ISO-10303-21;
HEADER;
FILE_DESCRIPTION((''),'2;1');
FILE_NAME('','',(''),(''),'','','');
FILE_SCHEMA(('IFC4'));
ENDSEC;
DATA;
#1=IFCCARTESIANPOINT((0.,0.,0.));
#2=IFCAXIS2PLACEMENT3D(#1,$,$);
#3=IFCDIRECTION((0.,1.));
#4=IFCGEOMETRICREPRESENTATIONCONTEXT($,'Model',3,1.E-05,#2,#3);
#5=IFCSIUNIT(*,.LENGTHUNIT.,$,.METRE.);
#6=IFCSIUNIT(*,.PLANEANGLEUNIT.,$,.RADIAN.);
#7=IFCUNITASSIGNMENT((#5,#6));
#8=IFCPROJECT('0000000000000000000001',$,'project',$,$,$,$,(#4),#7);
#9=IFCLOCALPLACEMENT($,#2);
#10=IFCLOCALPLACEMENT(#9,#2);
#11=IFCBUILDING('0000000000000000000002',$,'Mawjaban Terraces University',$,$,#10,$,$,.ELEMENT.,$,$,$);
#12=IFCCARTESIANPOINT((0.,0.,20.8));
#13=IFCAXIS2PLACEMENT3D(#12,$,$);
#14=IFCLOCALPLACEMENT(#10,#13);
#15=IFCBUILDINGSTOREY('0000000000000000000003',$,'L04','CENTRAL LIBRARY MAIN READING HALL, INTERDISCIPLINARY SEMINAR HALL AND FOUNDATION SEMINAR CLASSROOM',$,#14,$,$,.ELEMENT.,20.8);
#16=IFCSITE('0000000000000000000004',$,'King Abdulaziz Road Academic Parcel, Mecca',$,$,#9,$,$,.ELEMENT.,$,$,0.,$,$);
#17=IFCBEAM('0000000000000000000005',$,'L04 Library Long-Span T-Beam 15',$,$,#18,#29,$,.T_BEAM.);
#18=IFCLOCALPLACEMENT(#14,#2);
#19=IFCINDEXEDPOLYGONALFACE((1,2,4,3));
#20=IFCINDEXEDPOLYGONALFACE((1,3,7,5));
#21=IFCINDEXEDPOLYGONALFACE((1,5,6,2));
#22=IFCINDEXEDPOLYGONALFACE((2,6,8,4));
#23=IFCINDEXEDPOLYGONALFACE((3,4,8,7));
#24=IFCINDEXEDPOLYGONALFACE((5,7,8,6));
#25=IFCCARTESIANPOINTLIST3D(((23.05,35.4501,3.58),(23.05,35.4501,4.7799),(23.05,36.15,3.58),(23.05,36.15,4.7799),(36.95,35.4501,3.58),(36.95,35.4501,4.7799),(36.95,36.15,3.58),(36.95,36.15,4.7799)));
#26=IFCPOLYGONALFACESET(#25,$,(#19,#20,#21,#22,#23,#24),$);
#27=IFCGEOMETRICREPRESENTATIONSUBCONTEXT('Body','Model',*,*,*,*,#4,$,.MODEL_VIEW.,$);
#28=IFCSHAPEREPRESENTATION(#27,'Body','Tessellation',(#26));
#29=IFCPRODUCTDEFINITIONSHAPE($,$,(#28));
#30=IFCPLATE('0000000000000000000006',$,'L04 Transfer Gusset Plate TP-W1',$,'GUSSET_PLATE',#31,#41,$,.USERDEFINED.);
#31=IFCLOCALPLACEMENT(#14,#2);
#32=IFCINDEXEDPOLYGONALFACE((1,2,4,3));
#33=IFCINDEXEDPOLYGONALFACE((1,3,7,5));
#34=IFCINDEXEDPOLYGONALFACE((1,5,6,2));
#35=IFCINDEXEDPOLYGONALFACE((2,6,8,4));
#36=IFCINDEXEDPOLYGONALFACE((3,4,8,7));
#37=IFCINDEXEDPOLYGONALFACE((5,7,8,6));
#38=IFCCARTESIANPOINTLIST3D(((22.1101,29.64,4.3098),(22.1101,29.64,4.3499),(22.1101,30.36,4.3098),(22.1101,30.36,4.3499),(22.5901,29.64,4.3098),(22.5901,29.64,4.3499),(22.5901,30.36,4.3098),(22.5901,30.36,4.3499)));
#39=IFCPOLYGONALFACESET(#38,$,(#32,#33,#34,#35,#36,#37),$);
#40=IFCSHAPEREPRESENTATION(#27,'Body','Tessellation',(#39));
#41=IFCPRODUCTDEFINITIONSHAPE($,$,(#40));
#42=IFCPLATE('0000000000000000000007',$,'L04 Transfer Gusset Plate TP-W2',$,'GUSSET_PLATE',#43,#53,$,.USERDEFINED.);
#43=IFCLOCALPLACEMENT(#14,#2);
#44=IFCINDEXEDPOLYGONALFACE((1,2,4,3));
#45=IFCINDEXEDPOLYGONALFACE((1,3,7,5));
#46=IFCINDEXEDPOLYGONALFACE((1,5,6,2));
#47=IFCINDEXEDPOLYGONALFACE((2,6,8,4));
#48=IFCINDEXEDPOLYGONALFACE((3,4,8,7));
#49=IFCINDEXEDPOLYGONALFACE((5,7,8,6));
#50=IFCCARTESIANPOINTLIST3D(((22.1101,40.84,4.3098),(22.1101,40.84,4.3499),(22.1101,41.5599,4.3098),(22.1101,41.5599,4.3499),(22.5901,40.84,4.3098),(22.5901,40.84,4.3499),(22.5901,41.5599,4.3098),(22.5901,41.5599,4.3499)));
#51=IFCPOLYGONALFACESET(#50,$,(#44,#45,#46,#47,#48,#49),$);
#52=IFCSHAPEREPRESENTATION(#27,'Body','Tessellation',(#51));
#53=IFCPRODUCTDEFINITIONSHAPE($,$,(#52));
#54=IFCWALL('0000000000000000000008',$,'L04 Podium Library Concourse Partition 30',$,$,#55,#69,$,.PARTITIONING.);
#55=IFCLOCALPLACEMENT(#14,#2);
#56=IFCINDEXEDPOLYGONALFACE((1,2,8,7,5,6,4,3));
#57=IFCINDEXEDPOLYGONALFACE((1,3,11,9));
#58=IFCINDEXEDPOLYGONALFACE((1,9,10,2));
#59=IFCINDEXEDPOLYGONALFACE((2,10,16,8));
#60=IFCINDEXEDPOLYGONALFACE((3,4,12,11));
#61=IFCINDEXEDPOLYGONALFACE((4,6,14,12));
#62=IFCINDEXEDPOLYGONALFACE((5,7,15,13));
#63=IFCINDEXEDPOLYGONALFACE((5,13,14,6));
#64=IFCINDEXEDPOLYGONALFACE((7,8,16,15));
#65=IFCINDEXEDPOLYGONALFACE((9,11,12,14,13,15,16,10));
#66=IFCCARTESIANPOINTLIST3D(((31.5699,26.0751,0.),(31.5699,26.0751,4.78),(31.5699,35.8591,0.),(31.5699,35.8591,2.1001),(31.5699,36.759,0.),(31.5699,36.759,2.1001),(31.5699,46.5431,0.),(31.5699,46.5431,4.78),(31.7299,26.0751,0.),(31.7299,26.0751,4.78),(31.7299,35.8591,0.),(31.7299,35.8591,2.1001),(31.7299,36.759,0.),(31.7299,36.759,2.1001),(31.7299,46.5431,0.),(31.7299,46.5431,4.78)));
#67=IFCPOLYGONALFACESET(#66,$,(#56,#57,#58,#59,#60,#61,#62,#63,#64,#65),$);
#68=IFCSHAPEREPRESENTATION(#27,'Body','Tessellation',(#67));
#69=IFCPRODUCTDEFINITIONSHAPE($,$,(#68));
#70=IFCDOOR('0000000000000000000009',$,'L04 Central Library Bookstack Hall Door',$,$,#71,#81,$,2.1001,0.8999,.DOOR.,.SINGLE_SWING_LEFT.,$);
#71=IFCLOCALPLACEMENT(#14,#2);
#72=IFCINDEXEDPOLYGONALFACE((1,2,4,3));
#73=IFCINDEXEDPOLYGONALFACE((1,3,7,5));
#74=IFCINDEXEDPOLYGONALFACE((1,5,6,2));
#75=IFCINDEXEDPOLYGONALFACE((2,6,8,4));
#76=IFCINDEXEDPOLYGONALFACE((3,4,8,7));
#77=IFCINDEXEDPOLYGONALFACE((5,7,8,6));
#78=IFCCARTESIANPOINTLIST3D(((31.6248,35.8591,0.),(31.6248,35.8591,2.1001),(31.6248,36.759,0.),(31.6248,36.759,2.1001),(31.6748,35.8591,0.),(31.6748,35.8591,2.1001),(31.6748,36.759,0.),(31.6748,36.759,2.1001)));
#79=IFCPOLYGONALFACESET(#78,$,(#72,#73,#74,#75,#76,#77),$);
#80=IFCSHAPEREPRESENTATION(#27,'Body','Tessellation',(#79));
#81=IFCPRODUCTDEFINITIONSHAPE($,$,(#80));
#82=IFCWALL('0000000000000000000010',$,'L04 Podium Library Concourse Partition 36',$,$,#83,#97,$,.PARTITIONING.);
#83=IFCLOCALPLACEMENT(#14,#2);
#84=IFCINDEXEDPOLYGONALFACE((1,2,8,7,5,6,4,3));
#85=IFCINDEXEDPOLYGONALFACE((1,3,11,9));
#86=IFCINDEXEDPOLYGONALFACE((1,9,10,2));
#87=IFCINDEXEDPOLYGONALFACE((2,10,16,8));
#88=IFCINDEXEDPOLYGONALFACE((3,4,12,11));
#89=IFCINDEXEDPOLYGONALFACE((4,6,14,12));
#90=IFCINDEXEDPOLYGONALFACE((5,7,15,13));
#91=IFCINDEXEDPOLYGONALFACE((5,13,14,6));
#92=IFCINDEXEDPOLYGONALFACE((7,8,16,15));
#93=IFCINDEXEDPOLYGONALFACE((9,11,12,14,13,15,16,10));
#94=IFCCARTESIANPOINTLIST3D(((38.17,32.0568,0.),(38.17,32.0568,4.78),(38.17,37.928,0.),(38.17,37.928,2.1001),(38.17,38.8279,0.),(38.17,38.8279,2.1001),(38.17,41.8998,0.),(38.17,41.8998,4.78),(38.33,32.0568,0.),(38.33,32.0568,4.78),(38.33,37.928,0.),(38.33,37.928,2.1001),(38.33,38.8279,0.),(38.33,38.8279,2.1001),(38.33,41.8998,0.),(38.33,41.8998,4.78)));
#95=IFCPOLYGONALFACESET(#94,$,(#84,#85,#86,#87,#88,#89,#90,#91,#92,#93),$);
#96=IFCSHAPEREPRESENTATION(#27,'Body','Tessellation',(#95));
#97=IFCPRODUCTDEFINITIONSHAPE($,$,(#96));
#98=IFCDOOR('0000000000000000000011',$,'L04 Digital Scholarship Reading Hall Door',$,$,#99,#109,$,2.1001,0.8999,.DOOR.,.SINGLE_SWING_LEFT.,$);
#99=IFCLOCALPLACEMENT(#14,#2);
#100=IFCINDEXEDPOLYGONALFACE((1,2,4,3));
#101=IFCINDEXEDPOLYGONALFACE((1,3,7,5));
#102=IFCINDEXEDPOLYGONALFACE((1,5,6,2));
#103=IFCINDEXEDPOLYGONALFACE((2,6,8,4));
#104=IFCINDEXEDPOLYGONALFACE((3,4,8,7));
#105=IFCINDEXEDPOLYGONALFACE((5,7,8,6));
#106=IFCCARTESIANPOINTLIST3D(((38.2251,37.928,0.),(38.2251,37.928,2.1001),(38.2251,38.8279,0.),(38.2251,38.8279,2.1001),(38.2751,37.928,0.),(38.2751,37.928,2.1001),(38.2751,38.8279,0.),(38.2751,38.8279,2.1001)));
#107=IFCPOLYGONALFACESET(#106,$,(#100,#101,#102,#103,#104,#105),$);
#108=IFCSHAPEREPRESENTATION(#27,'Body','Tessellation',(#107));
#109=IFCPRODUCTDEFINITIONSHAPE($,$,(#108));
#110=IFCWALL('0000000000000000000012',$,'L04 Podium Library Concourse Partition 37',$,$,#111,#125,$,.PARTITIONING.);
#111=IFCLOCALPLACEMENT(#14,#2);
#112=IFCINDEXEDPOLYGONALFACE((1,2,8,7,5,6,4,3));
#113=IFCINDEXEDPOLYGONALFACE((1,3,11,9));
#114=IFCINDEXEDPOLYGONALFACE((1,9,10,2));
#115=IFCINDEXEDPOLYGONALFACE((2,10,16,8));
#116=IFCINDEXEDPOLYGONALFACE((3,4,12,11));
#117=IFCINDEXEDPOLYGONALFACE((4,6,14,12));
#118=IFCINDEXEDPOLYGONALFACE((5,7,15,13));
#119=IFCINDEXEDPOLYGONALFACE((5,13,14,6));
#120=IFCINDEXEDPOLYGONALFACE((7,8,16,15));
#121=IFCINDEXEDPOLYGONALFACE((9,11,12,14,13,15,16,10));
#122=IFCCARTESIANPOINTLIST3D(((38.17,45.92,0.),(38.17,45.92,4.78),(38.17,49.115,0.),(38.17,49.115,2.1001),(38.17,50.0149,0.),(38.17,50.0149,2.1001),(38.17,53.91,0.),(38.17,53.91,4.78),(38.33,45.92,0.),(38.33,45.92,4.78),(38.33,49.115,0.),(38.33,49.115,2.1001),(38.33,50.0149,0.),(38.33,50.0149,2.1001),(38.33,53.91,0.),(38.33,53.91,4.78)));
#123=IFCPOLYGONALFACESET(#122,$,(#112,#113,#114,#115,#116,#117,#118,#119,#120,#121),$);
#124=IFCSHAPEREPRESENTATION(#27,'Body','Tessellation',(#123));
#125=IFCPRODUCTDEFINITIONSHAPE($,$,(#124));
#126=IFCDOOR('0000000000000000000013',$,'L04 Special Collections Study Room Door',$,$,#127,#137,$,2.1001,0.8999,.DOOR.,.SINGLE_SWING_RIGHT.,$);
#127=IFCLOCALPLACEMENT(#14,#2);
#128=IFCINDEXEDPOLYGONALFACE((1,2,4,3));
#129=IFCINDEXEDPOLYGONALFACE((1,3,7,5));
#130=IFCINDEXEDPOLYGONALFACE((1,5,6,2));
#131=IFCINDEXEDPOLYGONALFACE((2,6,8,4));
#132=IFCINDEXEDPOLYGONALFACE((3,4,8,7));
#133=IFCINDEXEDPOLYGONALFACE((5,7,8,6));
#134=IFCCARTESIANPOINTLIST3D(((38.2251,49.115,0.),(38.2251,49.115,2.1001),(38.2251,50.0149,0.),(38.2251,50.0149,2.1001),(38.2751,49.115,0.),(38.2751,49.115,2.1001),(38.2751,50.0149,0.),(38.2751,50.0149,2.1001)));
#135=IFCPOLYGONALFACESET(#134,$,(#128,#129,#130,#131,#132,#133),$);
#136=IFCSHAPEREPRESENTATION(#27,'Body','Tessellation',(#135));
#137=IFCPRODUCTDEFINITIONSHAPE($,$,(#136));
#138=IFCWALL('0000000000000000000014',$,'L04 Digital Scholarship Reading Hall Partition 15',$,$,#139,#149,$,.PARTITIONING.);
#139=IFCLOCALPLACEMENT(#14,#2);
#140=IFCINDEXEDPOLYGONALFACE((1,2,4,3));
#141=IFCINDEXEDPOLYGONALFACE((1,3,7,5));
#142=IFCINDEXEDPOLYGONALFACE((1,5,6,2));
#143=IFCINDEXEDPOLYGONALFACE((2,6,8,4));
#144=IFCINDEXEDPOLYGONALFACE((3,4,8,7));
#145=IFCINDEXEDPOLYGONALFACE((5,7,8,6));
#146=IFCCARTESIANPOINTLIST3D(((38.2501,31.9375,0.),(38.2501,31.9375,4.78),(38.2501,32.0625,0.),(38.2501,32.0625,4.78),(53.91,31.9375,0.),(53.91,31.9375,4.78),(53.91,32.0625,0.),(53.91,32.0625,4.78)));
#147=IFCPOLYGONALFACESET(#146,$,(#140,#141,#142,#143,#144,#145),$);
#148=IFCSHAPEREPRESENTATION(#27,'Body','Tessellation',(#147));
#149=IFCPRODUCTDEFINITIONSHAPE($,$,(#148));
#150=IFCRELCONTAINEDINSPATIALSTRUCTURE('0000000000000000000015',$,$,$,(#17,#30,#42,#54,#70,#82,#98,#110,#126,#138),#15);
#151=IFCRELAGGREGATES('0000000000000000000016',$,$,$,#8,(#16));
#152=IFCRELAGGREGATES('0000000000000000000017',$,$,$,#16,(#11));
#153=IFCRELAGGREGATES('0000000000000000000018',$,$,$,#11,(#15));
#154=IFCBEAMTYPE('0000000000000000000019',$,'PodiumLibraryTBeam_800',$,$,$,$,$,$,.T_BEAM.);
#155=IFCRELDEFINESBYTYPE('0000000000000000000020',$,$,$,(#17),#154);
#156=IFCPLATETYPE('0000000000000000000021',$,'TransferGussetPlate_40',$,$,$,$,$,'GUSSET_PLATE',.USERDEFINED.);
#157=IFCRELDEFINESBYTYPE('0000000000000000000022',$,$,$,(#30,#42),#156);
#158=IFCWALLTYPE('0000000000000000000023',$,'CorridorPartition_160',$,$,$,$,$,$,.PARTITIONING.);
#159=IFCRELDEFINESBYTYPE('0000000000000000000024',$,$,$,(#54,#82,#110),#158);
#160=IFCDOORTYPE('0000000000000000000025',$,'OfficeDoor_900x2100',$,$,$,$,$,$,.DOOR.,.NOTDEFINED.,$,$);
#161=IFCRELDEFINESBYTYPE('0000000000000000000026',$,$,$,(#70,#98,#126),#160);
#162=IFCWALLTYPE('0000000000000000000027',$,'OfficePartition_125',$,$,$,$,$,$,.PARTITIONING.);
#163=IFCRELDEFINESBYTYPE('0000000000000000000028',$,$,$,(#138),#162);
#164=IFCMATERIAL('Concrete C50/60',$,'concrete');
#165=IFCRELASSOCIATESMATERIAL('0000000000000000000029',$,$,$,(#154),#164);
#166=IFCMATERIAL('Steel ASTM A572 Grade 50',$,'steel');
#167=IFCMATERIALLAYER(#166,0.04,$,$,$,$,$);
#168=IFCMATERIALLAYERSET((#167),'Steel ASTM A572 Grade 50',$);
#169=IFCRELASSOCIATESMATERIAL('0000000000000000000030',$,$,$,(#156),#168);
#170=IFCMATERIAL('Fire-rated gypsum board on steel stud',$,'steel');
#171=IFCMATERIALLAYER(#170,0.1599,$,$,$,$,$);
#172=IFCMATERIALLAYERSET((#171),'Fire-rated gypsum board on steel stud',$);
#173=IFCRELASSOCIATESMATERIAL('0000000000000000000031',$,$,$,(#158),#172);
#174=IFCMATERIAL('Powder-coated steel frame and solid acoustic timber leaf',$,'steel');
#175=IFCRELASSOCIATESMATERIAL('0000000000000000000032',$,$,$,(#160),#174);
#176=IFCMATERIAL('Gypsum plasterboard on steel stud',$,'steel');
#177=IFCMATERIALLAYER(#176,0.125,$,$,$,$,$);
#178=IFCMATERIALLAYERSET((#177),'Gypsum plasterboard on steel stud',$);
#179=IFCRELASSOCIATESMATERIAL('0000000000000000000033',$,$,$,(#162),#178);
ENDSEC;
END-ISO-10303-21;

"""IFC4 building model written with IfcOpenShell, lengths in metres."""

from ifc_helpers import new_model, si_unit, direction, frame, frame_2d, origin, origin_2d, place, context, subcontext, project, spatial, rectangle, extrude, material, layer, layer_set, material_profile, profile_set, type_object, element, fill, save


model = new_model("IFC4")

# Units and contexts
model_context = context("Model", 3, precision=1e-05, world=origin(), true_north=direction((0.0, 1.0)))
body_context = subcontext(model_context, "Body", "Model", "MODEL_VIEW")
ifc_project = project(units=[si_unit("LENGTHUNIT", "METRE"), si_unit("PLANEANGLEUNIT", "RADIAN")], contexts=[model_context])

# Site, building, storey
site_placement = place(None, origin())
site = spatial("IfcSite", under=ifc_project, at=site_placement, Name="King Abdulaziz Road Academic Parcel, Mecca", CompositionType="ELEMENT", RefElevation=0.0)
building_placement = place(site_placement, origin())
building = spatial("IfcBuilding", under=site, at=building_placement, Name="Mawjaban Terraces University", CompositionType="ELEMENT")
storey_placement = place(building_placement, frame((0.0, 0.0, 20.8)))
storey = spatial("IfcBuildingStorey", under=building, at=storey_placement, Name="L04", Description="CENTRAL LIBRARY MAIN READING HALL, INTERDISCIPLINARY SEMINAR HALL AND FOUNDATION SEMINAR CLASSROOM", CompositionType="ELEMENT", Elevation=20.8)

# Shared definitions
ifc_material_1 = material(Name="Steel ASTM A572 Grade 50", Category="steel")

# Beam
ifc_material_2 = material(Name="Concrete C50/60", Category="concrete")
ifc_material_profile_1 = material_profile(ifc_material_2, rectangle(XDim=0.7, YDim=1.2, at=origin_2d()), Name="RC1200X700")
ifc_profile_set_1 = profile_set([ifc_material_profile_1], Name="Concrete C50/60")
beam_type_1 = type_object("IfcBeamType", Name="PodiumLibraryTBeam_800", PredefinedType="T_BEAM", material=ifc_profile_set_1)
beam_1_placement = place(storey_placement, frame((23.05, 35.8, 4.1799), z_axis=(1.0, 0.0, 0.0), x_axis=(0.0, 1.0, 0.0)))
element("IfcBeam", 1, at=beam_1_placement, inside=storey, type_object=beam_type_1, Name="L04 Library Long-Span T-Beam 15", PredefinedType="T_BEAM", context=body_context, shape_type="SweptSolid", body=[
    extrude(rectangle(XDim=0.7, YDim=1.2, at=origin_2d()), origin(), (0.0, 0.0, 1.0), 13.8999),
])

# Plates
ifc_layer_1 = layer(ifc_material_1, 0.04)
ifc_layer_set_1 = layer_set([ifc_layer_1], Name="Steel ASTM A572 Grade 50")
plate_type = type_object("IfcPlateType", Name="TransferGussetPlate_40", ElementType="GUSSET_PLATE", PredefinedType="USERDEFINED", material=ifc_layer_set_1)
for number, where, z_axis, x_axis, name in (
    (2, (22.3501, 30.0, 4.3098), (0.0, 0.0, 1.0), (0.0, 1.0, 0.0), "L04 Transfer Gusset Plate TP-W1"),
    (3, (22.3501, 41.2, 4.3098), (0.0, 0.0, 1.0), (0.0, 1.0, 0.0), "L04 Transfer Gusset Plate TP-W2"),
):
    element("IfcPlate", number, at=place(storey_placement, frame(where, z_axis=z_axis, x_axis=x_axis)), inside=storey, type_object=plate_type, Name=name, ObjectType="GUSSET_PLATE", PredefinedType="USERDEFINED", context=body_context, shape_type="SweptSolid", body=[
        extrude(rectangle(XDim=0.72, YDim=0.48, at=origin_2d()), origin(), (0.0, 0.0, 1.0), 0.04),
    ])

# Walls, openings, doors
ifc_material_3 = material(Name="Fire-rated gypsum board on steel stud", Category="steel")
ifc_layer_2 = layer(ifc_material_3, 0.1599)
ifc_layer_set_2 = layer_set([ifc_layer_2], Name="Fire-rated gypsum board on steel stud")
wall_type_1 = type_object("IfcWallType", Name="CorridorPartition_160", PredefinedType="PARTITIONING", material=ifc_layer_set_2)
wall_1_placement = place(storey_placement, frame((31.6499, 46.543, 0.0), z_axis=(0.0, 0.0, 1.0), x_axis=(0.0, -1.0, 0.0)))
wall_1 = element("IfcWall", 4, at=wall_1_placement, inside=storey, type_object=wall_type_1, Name="L04 Podium Library Concourse Partition 30", PredefinedType="PARTITIONING", context=body_context, shape_type="SweptSolid", body=[
    extrude(rectangle(XDim=20.468, YDim=0.1599, at=frame_2d((10.2339, 0.0))), origin(), (0.0, 0.0, 1.0), 4.78),
])
opening_1_placement = place(wall_1_placement, frame((9.7839, 0.0, 0.0)))
opening_1 = element("IfcOpeningElement", 5, at=opening_1_placement, cuts=wall_1, PredefinedType="OPENING", context=body_context, shape_type="SweptSolid", body=[
    extrude(rectangle(XDim=0.8999, YDim=2.1001, at=frame_2d((0.45, 1.05))), frame((0.0, 0.0898, 0.0), z_axis=(0.0, -1.0, 0.0), x_axis=(1.0, 0.0, 0.0)), (0.0, 0.0, 1.0), 0.1799),
])
ifc_material_4 = material(Name="Powder-coated steel frame and solid acoustic timber leaf", Category="steel")
door_type_1 = type_object("IfcDoorType", Name="OfficeDoor_900x2100", OperationType="NOTDEFINED", PredefinedType="DOOR", material=ifc_material_4)
door_1_placement = place(opening_1_placement, origin())
door_1 = element("IfcDoor", 6, at=door_1_placement, inside=storey, type_object=door_type_1, Name="L04 Central Library Bookstack Hall Door", OperationType="SINGLE_SWING_LEFT", OverallHeight=2.1001, OverallWidth=0.8999, PredefinedType="DOOR", context=body_context, shape_type="SweptSolid", body=[
    extrude(rectangle(XDim=0.8999, YDim=2.1001, at=frame_2d((0.45, 1.05))), frame((0.0, 0.0249, 0.0), z_axis=(0.0, -1.0, 0.0), x_axis=(1.0, 0.0, 0.0)), (0.0, 0.0, 1.0), 0.05),
])
fill(opening_1, door_1)
wall_2_placement = place(storey_placement, frame((38.25, 32.0569, 0.0), z_axis=(0.0, 0.0, 1.0), x_axis=(0.0, 1.0, 0.0)))
wall_2 = element("IfcWall", 7, at=wall_2_placement, inside=storey, type_object=wall_type_1, Name="L04 Podium Library Concourse Partition 36", PredefinedType="PARTITIONING", context=body_context, shape_type="SweptSolid", body=[
    extrude(rectangle(XDim=9.843, YDim=0.1599, at=frame_2d((4.9214, 0.0))), origin(), (0.0, 0.0, 1.0), 4.78),
])
opening_2_placement = place(wall_2_placement, frame((5.8711, 0.0, 0.0)))
opening_2 = element("IfcOpeningElement", 8, at=opening_2_placement, cuts=wall_2, PredefinedType="OPENING", context=body_context, shape_type="SweptSolid", body=[
    extrude(rectangle(XDim=0.8999, YDim=2.1001, at=frame_2d((0.45, 1.05))), frame((0.0, 0.0898, 0.0), z_axis=(0.0, -1.0, 0.0), x_axis=(1.0, 0.0, 0.0)), (0.0, 0.0, 1.0), 0.1799),
])
door_2_placement = place(opening_2_placement, origin())
door_2 = element("IfcDoor", 9, at=door_2_placement, inside=storey, type_object=door_type_1, Name="L04 Digital Scholarship Reading Hall Door", OperationType="SINGLE_SWING_LEFT", OverallHeight=2.1001, OverallWidth=0.8999, PredefinedType="DOOR", context=body_context, shape_type="SweptSolid", body=[
    extrude(rectangle(XDim=0.8999, YDim=2.1001, at=frame_2d((0.45, 1.05))), frame((0.0, 0.0249, 0.0), z_axis=(0.0, -1.0, 0.0), x_axis=(1.0, 0.0, 0.0)), (0.0, 0.0, 1.0), 0.05),
])
fill(opening_2, door_2)
wall_3_placement = place(storey_placement, frame((38.25, 45.9199, 0.0), z_axis=(0.0, 0.0, 1.0), x_axis=(0.0, 1.0, 0.0)))
wall_3 = element("IfcWall", 10, at=wall_3_placement, inside=storey, type_object=wall_type_1, Name="L04 Podium Library Concourse Partition 37", PredefinedType="PARTITIONING", context=body_context, shape_type="SweptSolid", body=[
    extrude(rectangle(XDim=7.99, YDim=0.1599, at=frame_2d((3.9951, 0.0))), origin(), (0.0, 0.0, 1.0), 4.78),
])
opening_3_placement = place(wall_3_placement, frame((3.1951, 0.0, 0.0)))
opening_3 = element("IfcOpeningElement", 11, at=opening_3_placement, cuts=wall_3, PredefinedType="OPENING", context=body_context, shape_type="SweptSolid", body=[
    extrude(rectangle(XDim=0.8999, YDim=2.1001, at=frame_2d((0.45, 1.05))), frame((0.0, 0.0898, 0.0), z_axis=(0.0, -1.0, 0.0), x_axis=(1.0, 0.0, 0.0)), (0.0, 0.0, 1.0), 0.1799),
])
door_3_placement = place(opening_3_placement, origin())
door_3 = element("IfcDoor", 12, at=door_3_placement, inside=storey, type_object=door_type_1, Name="L04 Special Collections Study Room Door", OperationType="SINGLE_SWING_RIGHT", OverallHeight=2.1001, OverallWidth=0.8999, PredefinedType="DOOR", context=body_context, shape_type="SweptSolid", body=[
    extrude(rectangle(XDim=0.8999, YDim=2.1001, at=frame_2d((0.45, 1.05))), frame((0.0, 0.0249, 0.0), z_axis=(0.0, -1.0, 0.0), x_axis=(1.0, 0.0, 0.0)), (0.0, 0.0, 1.0), 0.05),
])
fill(opening_3, door_3)

# Wall
ifc_material_5 = material(Name="Gypsum plasterboard on steel stud", Category="steel")
ifc_layer_3 = layer(ifc_material_5, 0.125)
ifc_layer_set_3 = layer_set([ifc_layer_3], Name="Gypsum plasterboard on steel stud")
wall_type_2 = type_object("IfcWallType", Name="OfficePartition_125", PredefinedType="PARTITIONING", material=ifc_layer_set_3)
wall_4_placement = place(storey_placement, frame((38.25, 32.0, 0.0), z_axis=(0.0, 0.0, 1.0), x_axis=(1.0, 0.0, 0.0)))
element("IfcWall", 13, at=wall_4_placement, inside=storey, type_object=wall_type_2, Name="L04 Digital Scholarship Reading Hall Partition 15", PredefinedType="PARTITIONING", context=body_context, shape_type="SweptSolid", body=[
    extrude(rectangle(XDim=15.6599, YDim=0.125, at=frame_2d((7.8301, 0.0))), origin(), (0.0, 0.0, 1.0), 4.78),
])

save(model, "model.ifc")
